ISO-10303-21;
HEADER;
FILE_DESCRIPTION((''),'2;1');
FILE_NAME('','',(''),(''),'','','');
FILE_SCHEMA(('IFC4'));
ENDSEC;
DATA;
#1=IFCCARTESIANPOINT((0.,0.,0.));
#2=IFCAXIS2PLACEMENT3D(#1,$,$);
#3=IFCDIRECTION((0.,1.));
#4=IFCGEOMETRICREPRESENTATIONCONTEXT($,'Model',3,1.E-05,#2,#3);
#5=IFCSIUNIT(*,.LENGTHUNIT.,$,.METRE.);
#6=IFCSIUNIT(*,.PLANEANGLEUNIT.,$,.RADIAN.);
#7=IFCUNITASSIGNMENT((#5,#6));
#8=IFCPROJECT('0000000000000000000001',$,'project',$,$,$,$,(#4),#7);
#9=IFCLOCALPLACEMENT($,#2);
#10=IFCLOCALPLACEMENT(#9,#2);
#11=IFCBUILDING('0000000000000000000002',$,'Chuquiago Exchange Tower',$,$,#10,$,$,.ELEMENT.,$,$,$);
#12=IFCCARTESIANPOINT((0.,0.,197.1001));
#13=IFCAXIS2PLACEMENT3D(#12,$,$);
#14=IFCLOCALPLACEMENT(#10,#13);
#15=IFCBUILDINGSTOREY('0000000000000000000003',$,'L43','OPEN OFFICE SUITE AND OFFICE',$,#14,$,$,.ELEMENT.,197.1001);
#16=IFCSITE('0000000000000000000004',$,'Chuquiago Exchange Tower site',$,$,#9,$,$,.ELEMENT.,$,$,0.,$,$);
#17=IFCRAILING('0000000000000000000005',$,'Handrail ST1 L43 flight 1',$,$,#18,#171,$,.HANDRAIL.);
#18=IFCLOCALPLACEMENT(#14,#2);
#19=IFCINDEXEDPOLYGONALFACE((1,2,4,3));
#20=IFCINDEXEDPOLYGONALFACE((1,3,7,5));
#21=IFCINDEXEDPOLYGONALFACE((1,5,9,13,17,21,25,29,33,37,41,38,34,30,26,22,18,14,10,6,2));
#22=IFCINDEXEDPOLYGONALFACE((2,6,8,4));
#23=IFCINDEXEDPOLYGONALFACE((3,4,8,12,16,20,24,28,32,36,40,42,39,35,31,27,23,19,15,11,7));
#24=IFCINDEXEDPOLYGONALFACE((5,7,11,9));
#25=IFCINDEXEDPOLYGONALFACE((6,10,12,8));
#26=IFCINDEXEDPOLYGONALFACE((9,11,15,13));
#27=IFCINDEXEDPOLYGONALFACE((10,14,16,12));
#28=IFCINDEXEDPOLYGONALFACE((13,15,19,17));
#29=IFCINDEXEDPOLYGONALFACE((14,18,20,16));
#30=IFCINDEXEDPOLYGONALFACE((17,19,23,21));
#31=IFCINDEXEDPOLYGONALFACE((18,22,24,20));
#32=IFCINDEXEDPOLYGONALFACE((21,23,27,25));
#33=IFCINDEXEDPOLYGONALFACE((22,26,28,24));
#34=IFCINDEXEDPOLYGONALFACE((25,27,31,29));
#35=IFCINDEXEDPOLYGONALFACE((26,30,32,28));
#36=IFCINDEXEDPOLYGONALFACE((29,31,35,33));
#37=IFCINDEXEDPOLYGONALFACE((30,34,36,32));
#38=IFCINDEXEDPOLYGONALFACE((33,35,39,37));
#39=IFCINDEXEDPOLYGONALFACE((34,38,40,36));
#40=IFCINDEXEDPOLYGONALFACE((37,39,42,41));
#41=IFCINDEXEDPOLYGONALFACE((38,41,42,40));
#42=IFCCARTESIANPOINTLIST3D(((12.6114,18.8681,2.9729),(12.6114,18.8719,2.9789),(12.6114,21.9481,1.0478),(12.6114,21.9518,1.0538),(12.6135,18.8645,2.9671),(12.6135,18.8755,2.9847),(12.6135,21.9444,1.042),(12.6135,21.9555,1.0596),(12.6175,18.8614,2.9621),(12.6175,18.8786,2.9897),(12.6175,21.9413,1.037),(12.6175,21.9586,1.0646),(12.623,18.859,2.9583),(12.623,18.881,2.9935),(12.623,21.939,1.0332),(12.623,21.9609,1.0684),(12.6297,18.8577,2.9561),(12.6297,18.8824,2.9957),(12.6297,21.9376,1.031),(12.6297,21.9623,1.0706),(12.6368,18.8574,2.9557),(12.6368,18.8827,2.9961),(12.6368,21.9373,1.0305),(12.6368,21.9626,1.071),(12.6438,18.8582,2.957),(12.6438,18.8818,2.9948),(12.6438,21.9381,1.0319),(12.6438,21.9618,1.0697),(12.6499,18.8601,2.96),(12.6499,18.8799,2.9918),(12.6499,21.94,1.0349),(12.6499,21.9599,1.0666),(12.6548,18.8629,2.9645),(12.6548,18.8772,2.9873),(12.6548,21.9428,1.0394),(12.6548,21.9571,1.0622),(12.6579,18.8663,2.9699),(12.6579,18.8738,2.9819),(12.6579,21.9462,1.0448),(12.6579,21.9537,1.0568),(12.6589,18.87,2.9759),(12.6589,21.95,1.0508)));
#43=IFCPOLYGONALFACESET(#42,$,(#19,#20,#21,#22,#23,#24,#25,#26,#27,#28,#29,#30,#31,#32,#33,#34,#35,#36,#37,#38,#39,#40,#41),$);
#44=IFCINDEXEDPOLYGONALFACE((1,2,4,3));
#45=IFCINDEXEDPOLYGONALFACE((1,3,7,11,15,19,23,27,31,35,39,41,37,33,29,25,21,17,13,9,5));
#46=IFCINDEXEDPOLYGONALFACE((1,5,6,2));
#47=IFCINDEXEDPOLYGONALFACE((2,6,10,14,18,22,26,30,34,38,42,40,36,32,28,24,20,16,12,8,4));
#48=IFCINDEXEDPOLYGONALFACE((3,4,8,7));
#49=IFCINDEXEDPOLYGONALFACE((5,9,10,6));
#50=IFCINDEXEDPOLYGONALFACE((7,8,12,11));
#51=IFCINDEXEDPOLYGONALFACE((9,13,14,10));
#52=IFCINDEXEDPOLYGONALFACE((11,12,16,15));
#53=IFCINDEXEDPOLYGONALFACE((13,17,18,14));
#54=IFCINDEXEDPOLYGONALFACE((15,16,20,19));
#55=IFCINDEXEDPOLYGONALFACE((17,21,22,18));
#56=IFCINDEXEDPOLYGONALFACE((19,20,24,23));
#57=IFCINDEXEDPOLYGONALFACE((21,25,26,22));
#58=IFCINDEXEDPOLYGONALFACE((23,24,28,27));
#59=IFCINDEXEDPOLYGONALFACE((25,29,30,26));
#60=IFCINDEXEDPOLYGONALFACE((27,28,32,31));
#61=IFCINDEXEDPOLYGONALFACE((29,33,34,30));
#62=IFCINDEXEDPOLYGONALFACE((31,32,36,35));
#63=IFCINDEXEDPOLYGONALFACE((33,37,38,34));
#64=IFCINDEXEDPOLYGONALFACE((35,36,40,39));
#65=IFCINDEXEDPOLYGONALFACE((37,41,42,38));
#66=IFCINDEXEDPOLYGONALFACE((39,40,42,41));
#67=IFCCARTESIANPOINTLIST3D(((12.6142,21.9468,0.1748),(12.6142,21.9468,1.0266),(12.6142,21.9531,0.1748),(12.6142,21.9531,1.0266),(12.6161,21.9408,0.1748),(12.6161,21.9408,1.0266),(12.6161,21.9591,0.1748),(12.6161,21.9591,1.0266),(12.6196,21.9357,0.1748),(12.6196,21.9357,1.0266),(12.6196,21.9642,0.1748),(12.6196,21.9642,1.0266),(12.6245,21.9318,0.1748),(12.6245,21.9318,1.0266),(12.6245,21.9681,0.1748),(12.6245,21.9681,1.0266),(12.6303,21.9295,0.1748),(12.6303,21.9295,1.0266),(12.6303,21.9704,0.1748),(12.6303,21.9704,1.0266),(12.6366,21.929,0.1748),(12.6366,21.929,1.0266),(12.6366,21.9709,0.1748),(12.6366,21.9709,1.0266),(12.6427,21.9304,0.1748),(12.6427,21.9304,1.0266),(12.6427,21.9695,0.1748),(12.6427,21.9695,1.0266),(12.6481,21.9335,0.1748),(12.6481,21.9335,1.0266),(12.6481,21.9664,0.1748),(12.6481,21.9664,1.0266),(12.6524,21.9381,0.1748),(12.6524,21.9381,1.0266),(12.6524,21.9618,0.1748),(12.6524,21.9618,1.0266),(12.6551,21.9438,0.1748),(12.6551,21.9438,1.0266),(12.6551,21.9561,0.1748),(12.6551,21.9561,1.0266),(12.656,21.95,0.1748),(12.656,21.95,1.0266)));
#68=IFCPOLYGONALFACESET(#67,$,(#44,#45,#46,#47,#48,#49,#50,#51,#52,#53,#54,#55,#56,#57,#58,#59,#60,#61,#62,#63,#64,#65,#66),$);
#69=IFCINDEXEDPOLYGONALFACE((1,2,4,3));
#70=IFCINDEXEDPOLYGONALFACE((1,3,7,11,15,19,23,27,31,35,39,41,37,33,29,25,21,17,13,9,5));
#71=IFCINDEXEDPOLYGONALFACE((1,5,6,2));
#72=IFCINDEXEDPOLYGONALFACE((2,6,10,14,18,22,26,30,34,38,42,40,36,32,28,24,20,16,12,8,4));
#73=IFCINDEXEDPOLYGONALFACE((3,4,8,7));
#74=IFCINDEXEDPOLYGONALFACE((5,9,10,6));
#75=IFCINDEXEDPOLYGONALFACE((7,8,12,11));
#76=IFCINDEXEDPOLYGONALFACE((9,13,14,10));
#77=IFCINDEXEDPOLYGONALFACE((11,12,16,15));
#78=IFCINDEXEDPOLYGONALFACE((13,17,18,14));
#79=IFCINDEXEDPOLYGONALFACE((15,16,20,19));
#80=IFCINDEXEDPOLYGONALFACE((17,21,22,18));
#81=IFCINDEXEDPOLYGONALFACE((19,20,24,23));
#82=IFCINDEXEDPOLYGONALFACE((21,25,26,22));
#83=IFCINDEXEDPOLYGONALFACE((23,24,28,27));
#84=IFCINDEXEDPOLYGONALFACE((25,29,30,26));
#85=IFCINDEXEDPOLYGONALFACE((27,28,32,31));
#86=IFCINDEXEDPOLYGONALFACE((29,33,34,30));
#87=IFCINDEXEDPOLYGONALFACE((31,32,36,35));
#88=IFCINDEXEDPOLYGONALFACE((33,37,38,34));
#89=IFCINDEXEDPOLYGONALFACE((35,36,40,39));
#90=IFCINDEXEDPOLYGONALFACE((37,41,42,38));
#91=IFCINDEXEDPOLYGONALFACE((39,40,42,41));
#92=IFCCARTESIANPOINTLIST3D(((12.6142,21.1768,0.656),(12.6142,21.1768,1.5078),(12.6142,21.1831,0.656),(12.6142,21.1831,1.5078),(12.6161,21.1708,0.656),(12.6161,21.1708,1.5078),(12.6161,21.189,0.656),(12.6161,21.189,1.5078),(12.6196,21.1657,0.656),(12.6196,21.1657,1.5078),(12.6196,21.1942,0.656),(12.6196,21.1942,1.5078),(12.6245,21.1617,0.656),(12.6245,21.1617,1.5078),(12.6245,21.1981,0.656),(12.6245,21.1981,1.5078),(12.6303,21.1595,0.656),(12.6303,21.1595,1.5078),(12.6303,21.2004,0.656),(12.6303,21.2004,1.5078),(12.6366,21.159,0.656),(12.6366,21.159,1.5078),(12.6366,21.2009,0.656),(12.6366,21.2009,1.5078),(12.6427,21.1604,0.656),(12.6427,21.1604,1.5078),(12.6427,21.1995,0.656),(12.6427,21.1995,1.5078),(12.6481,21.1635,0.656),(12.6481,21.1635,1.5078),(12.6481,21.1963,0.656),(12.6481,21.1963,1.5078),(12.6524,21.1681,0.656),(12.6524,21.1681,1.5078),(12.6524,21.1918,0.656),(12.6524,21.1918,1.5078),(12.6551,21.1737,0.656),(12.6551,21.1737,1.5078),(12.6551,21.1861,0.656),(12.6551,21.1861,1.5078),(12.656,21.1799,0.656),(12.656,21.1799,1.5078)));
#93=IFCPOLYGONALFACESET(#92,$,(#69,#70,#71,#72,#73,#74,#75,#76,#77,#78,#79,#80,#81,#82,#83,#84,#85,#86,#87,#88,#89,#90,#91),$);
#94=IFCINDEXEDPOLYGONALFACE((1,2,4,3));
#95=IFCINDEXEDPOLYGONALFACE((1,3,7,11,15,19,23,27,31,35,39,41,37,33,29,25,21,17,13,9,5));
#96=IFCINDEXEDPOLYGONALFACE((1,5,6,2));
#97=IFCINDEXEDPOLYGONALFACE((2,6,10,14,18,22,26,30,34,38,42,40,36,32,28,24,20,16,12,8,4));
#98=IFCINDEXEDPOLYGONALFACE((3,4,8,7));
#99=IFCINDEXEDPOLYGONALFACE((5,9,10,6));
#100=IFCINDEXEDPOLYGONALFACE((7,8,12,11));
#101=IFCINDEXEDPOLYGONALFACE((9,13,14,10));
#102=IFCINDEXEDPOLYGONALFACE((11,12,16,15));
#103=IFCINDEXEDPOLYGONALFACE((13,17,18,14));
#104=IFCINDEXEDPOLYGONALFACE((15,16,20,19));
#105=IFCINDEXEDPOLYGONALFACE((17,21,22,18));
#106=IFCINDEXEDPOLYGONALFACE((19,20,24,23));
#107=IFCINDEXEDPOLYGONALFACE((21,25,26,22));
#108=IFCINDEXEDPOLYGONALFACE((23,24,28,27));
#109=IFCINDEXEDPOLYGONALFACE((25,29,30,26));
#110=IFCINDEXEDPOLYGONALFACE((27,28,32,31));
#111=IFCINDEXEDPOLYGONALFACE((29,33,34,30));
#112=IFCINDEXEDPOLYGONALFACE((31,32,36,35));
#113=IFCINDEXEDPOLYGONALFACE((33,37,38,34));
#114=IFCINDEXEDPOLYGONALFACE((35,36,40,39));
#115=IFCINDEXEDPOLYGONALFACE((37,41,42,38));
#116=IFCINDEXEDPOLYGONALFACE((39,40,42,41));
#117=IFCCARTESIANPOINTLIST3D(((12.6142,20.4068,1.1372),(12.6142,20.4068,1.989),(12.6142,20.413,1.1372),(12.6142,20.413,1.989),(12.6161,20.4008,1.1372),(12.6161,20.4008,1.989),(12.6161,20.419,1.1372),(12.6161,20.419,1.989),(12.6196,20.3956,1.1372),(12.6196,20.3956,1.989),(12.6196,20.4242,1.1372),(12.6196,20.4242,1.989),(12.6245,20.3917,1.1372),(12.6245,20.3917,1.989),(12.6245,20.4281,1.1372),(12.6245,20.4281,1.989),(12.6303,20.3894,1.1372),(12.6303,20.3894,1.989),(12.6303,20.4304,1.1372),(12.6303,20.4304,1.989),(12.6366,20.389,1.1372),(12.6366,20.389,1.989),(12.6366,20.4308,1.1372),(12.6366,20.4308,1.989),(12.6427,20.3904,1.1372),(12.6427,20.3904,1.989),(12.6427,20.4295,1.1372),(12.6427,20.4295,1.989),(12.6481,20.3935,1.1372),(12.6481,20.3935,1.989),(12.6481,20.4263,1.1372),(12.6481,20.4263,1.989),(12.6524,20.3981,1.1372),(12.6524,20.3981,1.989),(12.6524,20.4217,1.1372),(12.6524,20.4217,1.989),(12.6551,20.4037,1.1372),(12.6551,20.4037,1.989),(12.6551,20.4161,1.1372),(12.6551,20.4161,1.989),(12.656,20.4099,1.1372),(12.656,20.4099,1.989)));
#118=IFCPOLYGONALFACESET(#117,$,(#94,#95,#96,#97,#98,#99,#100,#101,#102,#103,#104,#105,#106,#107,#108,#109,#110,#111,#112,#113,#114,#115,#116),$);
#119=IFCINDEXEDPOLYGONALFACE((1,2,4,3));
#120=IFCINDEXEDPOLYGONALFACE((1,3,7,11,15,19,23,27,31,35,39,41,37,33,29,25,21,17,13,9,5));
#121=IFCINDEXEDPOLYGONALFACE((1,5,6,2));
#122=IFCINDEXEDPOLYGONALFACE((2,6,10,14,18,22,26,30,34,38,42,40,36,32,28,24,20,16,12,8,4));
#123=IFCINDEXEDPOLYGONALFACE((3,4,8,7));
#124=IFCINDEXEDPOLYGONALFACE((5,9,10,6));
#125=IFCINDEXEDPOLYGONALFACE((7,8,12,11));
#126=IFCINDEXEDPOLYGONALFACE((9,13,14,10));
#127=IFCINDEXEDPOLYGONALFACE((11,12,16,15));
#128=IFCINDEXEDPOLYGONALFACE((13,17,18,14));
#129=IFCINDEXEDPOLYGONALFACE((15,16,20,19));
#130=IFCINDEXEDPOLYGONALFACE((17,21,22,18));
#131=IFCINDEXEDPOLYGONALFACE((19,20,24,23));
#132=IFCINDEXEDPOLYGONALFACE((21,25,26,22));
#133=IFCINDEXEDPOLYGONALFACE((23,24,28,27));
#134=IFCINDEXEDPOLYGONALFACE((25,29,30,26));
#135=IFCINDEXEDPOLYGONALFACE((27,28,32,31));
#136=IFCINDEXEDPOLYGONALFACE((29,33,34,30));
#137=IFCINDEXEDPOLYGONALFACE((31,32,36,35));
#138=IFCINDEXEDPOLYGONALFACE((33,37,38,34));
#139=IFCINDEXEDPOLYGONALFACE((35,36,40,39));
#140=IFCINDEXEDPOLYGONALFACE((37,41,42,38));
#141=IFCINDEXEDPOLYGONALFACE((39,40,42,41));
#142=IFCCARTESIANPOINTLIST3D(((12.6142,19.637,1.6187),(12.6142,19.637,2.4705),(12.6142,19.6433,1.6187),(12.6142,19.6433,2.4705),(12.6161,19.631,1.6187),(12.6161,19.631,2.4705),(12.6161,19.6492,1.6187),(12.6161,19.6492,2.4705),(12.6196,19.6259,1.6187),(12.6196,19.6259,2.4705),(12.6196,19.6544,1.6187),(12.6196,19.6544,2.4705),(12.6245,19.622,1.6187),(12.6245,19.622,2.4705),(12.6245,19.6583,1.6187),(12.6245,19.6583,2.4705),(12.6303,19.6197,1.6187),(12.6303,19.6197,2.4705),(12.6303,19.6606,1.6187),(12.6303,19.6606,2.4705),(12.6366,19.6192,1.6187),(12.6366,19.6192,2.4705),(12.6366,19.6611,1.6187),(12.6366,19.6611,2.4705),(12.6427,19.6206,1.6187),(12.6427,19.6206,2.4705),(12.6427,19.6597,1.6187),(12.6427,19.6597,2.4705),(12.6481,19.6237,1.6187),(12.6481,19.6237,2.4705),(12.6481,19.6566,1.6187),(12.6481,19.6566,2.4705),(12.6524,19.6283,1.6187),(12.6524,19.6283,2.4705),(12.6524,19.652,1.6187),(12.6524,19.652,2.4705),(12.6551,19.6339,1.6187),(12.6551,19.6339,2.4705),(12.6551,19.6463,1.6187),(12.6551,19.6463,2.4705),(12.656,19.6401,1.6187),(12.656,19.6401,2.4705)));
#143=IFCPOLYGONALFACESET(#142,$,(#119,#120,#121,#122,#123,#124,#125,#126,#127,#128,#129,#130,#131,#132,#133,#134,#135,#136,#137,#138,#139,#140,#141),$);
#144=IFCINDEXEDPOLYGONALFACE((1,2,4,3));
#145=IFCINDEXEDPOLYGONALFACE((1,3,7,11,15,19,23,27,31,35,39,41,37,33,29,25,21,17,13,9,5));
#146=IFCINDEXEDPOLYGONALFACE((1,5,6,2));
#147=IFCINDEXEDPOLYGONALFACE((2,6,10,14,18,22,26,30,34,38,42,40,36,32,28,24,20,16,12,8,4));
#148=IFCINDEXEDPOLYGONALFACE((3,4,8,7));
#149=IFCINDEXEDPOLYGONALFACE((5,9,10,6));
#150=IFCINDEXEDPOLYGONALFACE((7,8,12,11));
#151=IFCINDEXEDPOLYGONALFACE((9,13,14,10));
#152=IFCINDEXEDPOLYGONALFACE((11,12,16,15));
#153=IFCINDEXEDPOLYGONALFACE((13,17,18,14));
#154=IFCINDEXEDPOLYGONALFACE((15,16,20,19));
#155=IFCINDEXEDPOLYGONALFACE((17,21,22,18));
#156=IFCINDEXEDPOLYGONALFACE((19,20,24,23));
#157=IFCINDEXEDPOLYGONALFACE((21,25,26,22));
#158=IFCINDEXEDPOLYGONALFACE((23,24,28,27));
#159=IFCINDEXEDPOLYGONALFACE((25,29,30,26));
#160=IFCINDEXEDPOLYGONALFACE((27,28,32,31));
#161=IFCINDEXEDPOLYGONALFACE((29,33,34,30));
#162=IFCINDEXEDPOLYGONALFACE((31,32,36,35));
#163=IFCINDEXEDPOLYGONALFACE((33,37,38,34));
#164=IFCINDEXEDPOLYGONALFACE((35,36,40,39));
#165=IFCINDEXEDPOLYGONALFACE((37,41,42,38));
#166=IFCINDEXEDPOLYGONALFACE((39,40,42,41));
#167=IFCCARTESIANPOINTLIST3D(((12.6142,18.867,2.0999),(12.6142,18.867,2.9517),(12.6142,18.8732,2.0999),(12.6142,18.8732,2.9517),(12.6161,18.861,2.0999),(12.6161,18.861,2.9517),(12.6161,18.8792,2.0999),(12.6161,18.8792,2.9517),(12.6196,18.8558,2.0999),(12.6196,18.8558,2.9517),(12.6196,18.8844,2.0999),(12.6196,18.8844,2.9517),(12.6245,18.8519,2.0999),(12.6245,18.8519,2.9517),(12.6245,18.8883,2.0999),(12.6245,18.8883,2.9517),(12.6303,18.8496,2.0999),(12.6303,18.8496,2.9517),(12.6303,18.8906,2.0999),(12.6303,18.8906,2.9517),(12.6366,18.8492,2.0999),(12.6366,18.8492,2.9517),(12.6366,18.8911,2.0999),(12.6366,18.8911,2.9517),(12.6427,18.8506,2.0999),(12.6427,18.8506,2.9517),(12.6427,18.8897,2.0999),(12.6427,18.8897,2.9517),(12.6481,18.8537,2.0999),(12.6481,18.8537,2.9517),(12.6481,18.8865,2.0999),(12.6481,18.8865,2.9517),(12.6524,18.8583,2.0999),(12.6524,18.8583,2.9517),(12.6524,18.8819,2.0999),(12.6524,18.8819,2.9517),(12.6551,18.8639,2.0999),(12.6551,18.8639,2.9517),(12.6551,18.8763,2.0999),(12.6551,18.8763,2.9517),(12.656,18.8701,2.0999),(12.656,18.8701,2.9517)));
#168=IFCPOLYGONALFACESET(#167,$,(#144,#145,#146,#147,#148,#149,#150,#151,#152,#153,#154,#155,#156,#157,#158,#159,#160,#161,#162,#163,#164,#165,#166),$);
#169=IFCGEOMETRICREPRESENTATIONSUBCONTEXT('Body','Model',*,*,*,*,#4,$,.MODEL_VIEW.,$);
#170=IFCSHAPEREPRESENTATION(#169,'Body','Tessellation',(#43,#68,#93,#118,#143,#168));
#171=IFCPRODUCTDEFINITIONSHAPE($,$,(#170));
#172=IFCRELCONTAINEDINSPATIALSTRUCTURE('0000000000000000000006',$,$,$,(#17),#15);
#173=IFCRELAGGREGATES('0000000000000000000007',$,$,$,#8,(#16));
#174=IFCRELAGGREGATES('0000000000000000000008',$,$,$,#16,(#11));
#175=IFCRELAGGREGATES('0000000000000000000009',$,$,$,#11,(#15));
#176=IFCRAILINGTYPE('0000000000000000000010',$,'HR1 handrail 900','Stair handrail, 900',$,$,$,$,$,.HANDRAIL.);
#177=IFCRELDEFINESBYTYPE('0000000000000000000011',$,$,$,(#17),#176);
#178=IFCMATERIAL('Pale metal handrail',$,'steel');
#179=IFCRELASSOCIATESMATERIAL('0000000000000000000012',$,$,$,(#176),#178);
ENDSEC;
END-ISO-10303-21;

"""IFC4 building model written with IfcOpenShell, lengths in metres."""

from ifc_helpers import new_model, si_unit, direction, frame, origin, origin_2d, place, context, subcontext, project, spatial, circle, extrude, material, type_object, element, save


model = new_model("IFC4")

# Units and contexts
model_context = context("Model", 3, precision=1e-05, world=origin(), true_north=direction((0.0, 1.0)))
body_context = subcontext(model_context, "Body", "Model", "MODEL_VIEW")
ifc_project = project(units=[si_unit("LENGTHUNIT", "METRE"), si_unit("PLANEANGLEUNIT", "RADIAN")], contexts=[model_context])

# Site, building, storey
site_placement = place(None, origin())
site = spatial("IfcSite", under=ifc_project, at=site_placement, Name="Chuquiago Exchange Tower site", CompositionType="ELEMENT", RefElevation=0.0)
building_placement = place(site_placement, origin())
building = spatial("IfcBuilding", under=site, at=building_placement, Name="Chuquiago Exchange Tower", CompositionType="ELEMENT")
storey_placement = place(building_placement, frame((0.0, 0.0, 197.1001)))
storey = spatial("IfcBuildingStorey", under=building, at=storey_placement, Name="L43", Description="OPEN OFFICE SUITE AND OFFICE", CompositionType="ELEMENT", Elevation=197.1001)

# Railing
ifc_material_1 = material(Name="Pale metal handrail", Category="steel")
railing_type_1 = type_object("IfcRailingType", Name="HR1 handrail 900", Description="Stair handrail, 900", PredefinedType="HANDRAIL", material=ifc_material_1)
for number, where, name in (
    (1, (12.635, 21.95, 0.1748), "Handrail ST1 L43 flight 1"),
):
    element("IfcRailing", number, at=place(storey_placement, frame(where)), inside=storey, type_object=railing_type_1, Name=name, PredefinedType="HANDRAIL", context=body_context, shape_type="SweptSolid", body=[
        extrude(circle(Radius=0.0239, at=origin_2d()), frame((0.0, 0.0, 0.876), z_axis=(0.0, -0.847979, 0.530029), x_axis=(1.0, 0.0, 0.0)), (0.0, 0.0, 1.0), 3.6321),
        extrude(circle(Radius=0.021, at=origin_2d()), origin(), (0.0, 0.0, 1.0), 0.8518),
        extrude(circle(Radius=0.021, at=origin_2d()), frame((0.0, -0.77, 0.4812)), (0.0, 0.0, 1.0), 0.8518),
        extrude(circle(Radius=0.021, at=origin_2d()), frame((0.0, -1.54, 0.9624)), (0.0, 0.0, 1.0), 0.8518),
        extrude(circle(Radius=0.021, at=origin_2d()), frame((0.0, -2.3098, 1.4438)), (0.0, 0.0, 1.0), 0.8518),
        extrude(circle(Radius=0.021, at=origin_2d()), frame((0.0, -3.0798, 1.925)), (0.0, 0.0, 1.0), 0.8518),
    ])

save(model, "model.ifc")
